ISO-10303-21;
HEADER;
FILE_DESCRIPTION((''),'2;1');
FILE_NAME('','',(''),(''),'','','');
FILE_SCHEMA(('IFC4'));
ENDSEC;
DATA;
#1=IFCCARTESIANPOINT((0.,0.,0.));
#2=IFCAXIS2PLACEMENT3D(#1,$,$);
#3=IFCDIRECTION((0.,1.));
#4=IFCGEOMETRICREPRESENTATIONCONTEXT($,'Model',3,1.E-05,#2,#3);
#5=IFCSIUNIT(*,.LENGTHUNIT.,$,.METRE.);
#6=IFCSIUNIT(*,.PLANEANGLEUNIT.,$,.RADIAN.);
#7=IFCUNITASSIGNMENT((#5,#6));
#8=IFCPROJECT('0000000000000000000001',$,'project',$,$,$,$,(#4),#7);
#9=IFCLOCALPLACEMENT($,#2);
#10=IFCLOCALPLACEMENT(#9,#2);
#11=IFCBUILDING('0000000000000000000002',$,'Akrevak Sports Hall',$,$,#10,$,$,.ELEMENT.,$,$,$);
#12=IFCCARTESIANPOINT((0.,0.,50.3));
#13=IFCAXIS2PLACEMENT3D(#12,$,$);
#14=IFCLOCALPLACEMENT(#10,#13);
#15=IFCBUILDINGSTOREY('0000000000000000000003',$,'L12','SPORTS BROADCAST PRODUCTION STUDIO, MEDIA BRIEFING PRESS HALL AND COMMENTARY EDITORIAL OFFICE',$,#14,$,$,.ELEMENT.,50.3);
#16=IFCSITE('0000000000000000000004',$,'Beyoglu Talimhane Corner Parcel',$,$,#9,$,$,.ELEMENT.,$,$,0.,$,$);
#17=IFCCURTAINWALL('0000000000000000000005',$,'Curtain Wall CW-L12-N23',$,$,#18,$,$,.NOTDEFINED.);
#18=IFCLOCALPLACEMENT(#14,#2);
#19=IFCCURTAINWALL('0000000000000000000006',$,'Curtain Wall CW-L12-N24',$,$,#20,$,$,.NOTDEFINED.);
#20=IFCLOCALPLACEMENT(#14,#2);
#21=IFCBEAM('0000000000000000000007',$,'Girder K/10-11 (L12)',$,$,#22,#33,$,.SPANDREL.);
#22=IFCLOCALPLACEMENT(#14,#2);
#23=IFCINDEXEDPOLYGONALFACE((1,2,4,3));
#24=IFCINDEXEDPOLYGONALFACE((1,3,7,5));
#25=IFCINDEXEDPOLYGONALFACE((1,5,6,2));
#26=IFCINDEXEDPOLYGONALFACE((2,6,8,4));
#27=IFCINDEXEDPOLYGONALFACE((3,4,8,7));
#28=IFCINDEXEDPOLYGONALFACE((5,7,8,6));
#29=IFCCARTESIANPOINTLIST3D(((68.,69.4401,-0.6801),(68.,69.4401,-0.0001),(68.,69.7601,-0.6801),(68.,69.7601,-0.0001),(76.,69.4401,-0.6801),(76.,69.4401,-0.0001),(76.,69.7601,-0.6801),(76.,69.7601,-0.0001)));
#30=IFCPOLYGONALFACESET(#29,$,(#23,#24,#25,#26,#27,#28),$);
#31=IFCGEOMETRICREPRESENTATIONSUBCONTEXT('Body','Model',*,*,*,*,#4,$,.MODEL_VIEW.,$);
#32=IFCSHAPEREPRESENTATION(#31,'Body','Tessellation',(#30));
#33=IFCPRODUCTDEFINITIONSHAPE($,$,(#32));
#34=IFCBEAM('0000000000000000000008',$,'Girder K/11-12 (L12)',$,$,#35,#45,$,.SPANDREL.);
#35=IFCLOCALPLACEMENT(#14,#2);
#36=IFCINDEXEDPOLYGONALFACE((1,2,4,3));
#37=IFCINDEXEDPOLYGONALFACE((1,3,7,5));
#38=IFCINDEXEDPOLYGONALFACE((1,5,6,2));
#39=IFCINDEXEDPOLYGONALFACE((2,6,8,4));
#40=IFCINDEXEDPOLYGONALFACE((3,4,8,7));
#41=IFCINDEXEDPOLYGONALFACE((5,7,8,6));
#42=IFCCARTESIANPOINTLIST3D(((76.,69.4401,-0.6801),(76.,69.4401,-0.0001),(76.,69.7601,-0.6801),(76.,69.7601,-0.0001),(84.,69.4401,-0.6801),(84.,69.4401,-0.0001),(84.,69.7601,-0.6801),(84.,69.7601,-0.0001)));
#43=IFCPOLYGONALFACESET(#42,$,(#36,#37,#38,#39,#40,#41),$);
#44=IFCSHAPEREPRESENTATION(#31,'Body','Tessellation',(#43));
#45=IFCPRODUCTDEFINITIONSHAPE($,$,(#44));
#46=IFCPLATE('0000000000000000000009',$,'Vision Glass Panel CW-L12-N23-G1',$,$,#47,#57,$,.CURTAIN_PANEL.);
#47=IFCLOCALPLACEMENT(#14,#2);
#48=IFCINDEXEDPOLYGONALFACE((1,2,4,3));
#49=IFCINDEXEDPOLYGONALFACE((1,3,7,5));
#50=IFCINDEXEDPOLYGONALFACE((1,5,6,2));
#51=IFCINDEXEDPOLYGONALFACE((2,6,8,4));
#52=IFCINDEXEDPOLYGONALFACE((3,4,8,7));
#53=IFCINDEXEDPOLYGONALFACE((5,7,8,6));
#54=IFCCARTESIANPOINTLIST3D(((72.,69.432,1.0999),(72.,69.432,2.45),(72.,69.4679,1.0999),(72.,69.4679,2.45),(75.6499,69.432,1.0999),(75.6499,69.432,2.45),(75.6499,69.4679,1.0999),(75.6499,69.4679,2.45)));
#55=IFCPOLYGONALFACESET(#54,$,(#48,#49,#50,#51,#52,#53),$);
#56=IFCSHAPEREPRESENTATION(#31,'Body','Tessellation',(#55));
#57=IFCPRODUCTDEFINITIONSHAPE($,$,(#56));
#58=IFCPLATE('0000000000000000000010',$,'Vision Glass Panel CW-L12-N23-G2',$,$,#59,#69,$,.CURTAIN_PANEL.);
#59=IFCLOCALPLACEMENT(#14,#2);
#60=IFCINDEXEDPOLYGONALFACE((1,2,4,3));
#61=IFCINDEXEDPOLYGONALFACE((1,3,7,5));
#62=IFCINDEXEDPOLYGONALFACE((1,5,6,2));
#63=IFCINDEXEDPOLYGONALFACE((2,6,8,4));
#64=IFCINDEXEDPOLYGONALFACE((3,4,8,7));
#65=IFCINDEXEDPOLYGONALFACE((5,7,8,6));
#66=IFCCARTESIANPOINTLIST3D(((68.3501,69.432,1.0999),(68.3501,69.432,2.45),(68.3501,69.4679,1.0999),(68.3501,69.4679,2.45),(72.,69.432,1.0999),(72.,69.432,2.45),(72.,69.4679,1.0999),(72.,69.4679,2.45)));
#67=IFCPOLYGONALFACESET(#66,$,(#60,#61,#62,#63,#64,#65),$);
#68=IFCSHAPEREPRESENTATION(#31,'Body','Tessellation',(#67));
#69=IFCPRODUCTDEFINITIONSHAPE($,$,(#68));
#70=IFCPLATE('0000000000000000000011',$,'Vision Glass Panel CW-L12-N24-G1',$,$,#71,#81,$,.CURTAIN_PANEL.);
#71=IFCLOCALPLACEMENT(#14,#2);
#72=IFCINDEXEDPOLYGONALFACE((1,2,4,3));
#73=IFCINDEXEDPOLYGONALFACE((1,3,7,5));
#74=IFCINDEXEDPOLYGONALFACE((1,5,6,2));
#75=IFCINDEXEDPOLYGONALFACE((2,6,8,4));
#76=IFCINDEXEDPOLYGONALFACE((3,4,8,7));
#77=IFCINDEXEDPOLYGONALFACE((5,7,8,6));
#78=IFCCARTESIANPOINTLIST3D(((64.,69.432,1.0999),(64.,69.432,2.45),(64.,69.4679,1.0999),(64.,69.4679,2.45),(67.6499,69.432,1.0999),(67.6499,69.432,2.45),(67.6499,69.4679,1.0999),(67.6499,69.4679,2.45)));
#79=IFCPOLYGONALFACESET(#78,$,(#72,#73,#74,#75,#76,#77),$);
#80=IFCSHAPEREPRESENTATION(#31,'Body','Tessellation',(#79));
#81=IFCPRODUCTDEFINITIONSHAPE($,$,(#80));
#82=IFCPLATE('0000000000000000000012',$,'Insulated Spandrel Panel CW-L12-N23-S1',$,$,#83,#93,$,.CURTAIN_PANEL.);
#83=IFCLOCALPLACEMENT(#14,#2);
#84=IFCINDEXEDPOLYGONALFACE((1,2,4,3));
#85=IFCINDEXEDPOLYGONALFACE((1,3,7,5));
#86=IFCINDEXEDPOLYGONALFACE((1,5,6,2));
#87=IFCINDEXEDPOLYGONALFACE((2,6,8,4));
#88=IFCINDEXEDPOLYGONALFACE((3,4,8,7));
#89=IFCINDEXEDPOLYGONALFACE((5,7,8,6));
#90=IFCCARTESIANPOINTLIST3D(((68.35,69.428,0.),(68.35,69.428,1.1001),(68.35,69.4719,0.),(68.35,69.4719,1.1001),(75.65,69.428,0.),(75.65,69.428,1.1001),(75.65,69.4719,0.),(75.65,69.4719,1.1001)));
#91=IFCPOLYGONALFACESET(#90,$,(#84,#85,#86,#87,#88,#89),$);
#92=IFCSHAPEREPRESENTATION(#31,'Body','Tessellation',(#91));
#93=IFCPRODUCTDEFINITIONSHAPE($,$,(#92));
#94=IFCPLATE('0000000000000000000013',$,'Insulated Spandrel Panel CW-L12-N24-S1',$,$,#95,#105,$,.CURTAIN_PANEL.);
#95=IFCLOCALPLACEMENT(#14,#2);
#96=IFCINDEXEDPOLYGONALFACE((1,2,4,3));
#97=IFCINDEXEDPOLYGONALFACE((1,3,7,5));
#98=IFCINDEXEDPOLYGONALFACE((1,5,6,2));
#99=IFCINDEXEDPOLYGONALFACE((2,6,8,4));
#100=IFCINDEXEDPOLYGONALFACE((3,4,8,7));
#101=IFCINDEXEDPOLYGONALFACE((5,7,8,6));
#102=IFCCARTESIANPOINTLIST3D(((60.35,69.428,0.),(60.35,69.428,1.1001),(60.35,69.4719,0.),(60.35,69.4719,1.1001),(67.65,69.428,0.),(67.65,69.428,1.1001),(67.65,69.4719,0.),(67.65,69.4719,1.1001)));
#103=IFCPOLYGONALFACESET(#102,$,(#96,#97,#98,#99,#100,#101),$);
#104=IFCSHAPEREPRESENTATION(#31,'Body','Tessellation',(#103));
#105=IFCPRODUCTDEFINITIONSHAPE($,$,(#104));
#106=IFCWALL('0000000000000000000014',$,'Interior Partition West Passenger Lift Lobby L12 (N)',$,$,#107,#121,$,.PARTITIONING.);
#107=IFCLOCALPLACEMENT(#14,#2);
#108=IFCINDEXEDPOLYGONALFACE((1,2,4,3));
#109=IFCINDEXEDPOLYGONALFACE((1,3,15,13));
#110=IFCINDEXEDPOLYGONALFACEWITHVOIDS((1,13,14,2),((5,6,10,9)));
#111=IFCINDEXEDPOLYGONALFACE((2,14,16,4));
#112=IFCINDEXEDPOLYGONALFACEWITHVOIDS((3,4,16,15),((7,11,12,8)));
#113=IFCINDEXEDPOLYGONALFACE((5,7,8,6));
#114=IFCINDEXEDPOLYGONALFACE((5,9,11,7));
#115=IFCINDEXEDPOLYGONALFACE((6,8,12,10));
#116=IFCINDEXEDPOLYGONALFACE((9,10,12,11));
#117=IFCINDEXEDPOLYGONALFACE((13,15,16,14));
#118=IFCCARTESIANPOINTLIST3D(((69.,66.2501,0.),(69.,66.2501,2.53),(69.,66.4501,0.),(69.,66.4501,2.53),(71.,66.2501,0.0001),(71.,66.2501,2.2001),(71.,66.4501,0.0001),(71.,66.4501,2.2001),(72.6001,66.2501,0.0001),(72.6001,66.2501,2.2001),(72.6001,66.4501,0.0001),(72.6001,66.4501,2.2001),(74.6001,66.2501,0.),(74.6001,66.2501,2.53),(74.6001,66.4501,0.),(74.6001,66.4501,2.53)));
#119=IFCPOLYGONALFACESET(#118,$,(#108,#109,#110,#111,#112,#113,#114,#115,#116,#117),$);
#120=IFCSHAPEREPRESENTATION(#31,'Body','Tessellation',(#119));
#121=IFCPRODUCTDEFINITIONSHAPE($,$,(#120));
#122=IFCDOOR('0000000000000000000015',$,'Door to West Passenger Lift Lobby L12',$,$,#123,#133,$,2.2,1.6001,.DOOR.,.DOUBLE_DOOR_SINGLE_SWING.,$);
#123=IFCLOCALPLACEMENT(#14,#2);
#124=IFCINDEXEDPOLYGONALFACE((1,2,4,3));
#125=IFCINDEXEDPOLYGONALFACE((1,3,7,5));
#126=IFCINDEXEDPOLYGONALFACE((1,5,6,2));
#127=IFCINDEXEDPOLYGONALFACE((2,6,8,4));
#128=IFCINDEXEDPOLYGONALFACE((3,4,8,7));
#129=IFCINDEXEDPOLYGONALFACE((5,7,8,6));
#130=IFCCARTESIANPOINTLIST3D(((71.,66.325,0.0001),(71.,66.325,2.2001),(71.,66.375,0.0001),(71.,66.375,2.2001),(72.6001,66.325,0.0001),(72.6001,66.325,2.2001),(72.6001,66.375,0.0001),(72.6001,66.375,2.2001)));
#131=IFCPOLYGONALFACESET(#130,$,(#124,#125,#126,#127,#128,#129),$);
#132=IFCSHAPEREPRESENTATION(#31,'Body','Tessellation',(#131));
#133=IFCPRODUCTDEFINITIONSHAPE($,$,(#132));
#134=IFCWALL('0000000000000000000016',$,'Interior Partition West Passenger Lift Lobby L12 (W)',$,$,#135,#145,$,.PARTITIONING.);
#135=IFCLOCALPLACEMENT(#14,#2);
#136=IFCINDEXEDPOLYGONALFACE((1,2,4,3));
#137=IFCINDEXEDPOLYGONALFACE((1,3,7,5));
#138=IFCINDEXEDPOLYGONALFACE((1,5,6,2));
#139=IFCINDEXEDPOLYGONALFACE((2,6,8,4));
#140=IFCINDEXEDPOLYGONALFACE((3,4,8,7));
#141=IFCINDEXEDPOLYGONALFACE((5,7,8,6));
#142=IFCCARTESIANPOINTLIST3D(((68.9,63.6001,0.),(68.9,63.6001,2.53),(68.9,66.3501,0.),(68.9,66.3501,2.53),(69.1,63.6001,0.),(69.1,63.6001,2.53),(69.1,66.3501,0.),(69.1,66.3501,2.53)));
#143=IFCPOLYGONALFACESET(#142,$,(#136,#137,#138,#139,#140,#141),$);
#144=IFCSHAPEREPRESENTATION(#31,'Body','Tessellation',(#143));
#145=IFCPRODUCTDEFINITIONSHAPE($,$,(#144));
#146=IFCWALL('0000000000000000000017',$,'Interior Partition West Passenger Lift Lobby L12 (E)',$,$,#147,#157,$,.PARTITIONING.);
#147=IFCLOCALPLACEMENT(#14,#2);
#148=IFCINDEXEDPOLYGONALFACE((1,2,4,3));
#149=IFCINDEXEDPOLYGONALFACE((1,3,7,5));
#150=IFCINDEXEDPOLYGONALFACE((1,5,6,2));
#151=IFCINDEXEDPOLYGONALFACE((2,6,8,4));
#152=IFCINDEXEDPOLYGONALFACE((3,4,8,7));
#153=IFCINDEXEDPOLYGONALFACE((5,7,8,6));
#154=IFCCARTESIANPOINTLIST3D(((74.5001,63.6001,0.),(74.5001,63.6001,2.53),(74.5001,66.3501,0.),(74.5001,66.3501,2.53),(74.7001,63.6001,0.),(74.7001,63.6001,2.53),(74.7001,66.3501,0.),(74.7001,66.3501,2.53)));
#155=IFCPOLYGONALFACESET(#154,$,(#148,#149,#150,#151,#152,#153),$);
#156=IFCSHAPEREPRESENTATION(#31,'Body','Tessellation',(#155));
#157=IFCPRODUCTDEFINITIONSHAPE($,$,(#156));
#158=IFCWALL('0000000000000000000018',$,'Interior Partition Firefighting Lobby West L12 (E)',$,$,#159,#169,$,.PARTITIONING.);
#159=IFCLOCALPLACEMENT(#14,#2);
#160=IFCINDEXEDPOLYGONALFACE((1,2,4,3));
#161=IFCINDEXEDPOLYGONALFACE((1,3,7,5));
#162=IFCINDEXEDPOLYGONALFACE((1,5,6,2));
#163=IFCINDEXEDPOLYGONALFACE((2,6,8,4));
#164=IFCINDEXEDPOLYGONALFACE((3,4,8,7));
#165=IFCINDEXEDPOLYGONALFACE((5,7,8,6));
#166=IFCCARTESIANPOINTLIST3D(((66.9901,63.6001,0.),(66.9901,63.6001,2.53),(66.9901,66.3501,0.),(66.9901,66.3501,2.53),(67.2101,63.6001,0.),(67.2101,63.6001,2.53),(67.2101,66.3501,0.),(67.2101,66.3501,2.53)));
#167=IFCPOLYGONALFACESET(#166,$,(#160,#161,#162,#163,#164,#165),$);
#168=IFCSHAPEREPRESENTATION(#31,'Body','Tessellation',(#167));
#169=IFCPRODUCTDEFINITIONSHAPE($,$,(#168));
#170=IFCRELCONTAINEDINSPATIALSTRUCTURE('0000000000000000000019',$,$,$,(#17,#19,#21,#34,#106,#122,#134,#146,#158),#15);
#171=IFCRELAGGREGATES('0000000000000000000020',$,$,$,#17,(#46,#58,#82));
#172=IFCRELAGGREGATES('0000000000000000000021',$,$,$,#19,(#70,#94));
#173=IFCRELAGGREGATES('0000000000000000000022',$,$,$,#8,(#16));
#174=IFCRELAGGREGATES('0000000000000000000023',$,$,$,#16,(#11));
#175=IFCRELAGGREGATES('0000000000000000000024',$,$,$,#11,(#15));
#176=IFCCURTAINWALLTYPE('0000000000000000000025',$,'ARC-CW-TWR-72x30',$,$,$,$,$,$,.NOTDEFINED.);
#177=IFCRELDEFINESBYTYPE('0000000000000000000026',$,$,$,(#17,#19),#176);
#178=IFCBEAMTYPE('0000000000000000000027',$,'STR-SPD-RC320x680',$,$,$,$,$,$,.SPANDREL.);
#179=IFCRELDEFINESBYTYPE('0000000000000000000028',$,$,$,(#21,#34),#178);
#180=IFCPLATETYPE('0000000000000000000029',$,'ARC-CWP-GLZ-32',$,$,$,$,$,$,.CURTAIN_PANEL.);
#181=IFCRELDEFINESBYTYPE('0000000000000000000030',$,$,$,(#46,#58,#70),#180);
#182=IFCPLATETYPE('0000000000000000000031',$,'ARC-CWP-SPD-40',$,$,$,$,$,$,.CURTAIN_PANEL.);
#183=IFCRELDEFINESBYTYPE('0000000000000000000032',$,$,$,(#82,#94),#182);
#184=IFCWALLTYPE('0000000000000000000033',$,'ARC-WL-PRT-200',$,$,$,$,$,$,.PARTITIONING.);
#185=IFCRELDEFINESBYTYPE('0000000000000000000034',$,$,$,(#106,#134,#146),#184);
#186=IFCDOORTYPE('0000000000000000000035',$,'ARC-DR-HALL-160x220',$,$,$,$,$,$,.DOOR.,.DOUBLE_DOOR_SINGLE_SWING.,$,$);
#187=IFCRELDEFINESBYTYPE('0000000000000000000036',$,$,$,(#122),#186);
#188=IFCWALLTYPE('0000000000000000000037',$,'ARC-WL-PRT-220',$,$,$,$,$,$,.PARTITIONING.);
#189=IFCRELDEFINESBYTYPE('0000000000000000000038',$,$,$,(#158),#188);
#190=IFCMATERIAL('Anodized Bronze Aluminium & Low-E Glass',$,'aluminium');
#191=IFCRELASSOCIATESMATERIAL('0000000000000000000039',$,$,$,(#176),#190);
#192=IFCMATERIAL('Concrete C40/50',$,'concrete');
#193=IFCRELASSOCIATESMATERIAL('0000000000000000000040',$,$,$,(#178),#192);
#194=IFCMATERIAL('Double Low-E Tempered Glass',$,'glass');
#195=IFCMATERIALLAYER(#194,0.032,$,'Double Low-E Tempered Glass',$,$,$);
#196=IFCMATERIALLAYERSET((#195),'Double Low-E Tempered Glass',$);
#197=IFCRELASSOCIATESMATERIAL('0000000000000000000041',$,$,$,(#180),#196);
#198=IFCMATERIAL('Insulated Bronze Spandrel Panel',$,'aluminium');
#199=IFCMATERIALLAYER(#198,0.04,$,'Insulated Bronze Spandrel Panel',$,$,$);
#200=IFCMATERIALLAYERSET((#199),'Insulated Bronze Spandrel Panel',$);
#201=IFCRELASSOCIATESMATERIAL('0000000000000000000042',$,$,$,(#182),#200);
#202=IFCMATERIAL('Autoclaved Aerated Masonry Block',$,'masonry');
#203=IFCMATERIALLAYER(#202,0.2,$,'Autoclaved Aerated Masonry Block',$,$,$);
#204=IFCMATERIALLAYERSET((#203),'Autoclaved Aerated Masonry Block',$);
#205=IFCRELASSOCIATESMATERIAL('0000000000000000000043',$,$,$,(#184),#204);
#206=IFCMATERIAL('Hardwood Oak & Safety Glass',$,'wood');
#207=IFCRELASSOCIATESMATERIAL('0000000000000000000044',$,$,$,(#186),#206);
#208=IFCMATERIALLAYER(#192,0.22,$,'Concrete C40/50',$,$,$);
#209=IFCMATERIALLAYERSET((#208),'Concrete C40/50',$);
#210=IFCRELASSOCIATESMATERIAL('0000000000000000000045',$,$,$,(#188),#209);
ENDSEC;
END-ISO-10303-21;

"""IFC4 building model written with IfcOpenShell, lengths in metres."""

from ifc_helpers import new_model, si_unit, direction, frame, frame_2d, origin, origin_2d, place, context, subcontext, project, spatial, rectangle, extrude, material, layer, layer_set, material_profile, profile_set, type_object, element, fill, aggregate, save


model = new_model("IFC4")

# Units and contexts
model_context = context("Model", 3, precision=1e-05, world=origin(), true_north=direction((0.0, 1.0)))
body_context = subcontext(model_context, "Body", "Model", "MODEL_VIEW")
ifc_project = project(units=[si_unit("LENGTHUNIT", "METRE"), si_unit("PLANEANGLEUNIT", "RADIAN")], contexts=[model_context])

# Site, building, storey
site_placement = place(None, origin())
site = spatial("IfcSite", under=ifc_project, at=site_placement, Name="Beyoglu Talimhane Corner Parcel", CompositionType="ELEMENT", RefElevation=0.0)
building_placement = place(site_placement, origin())
building = spatial("IfcBuilding", under=site, at=building_placement, Name="Akrevak Sports Hall", CompositionType="ELEMENT")
storey_placement = place(building_placement, frame((0.0, 0.0, 50.3)))
storey = spatial("IfcBuildingStorey", under=building, at=storey_placement, Name="L12", Description="SPORTS BROADCAST PRODUCTION STUDIO, MEDIA BRIEFING PRESS HALL AND COMMENTARY EDITORIAL OFFICE", CompositionType="ELEMENT", Elevation=50.3)

# Shared definitions
ifc_material_1 = material(Name="Concrete C40/50", Category="concrete")

# Curtain walls
ifc_material_2 = material(Name="Anodized Bronze Aluminium & Low-E Glass", Category="aluminium")
curtain_wall_type = type_object("IfcCurtainWallType", Name="ARC-CW-TWR-72x30", PredefinedType="NOTDEFINED", material=ifc_material_2)
curtain_wall_1_placement = place(storey_placement, origin())
curtain_wall_1 = element("IfcCurtainWall", 1, at=curtain_wall_1_placement, inside=storey, type_object=curtain_wall_type, Name="Curtain Wall CW-L12-N23", PredefinedType="NOTDEFINED")
curtain_wall_2_placement = place(storey_placement, origin())
curtain_wall_2 = element("IfcCurtainWall", 2, at=curtain_wall_2_placement, inside=storey, type_object=curtain_wall_type, Name="Curtain Wall CW-L12-N24", PredefinedType="NOTDEFINED")

# Beams
ifc_material_profile_1 = material_profile(ifc_material_1, rectangle(XDim=0.3201, YDim=0.6799, at=origin_2d()), Name="SPD 320x680", Category="concrete")
ifc_profile_set_1 = profile_set([ifc_material_profile_1], Name="Concrete C40/50")
beam_type = type_object("IfcBeamType", Name="STR-SPD-RC320x680", PredefinedType="SPANDREL", material=ifc_profile_set_1)
for number, where, z_axis, x_axis, name in (
    (3, (68.0, 69.6001, -0.3401), (1.0, 0.0, 0.0), (0.0, 1.0, 0.0), "Girder K/10-11 (L12)"),
    (4, (76.0, 69.6001, -0.3401), (1.0, 0.0, 0.0), (0.0, 1.0, 0.0), "Girder K/11-12 (L12)"),
):
    element("IfcBeam", number, at=place(storey_placement, frame(where, z_axis=z_axis, x_axis=x_axis)), inside=storey, type_object=beam_type, Name=name, PredefinedType="SPANDREL", context=body_context, shape_type="SweptSolid", body=[
        extrude(rectangle(XDim=0.3201, YDim=0.6799, at=origin_2d()), origin(), (0.0, 0.0, 1.0), 8.0),
    ])

# Plates
ifc_material_3 = material(Name="Double Low-E Tempered Glass", Category="glass")
ifc_layer_1 = layer(ifc_material_3, 0.032, Name="Double Low-E Tempered Glass")
ifc_layer_set_1 = layer_set([ifc_layer_1], Name="Double Low-E Tempered Glass")
plate_type_1 = type_object("IfcPlateType", Name="ARC-CWP-GLZ-32", PredefinedType="CURTAIN_PANEL", material=ifc_layer_set_1)
plate_1_placement = place(storey_placement, frame((73.825, 69.45, 1.0999), z_axis=(0.0, 0.0, 1.0), x_axis=(-1.0, 0.0, 0.0)))
plate_1 = element("IfcPlate", 5, at=plate_1_placement, type_object=plate_type_1, Name="Vision Glass Panel CW-L12-N23-G1", PredefinedType="CURTAIN_PANEL", context=body_context, shape_type="SweptSolid", body=[
    extrude(rectangle(XDim=3.6499, YDim=0.0359, at=origin_2d()), origin(), (0.0, 0.0, 1.0), 1.3501),
])
plate_2_placement = place(storey_placement, frame((70.175, 69.45, 1.0999), z_axis=(0.0, 0.0, 1.0), x_axis=(-1.0, 0.0, 0.0)))
plate_2 = element("IfcPlate", 6, at=plate_2_placement, type_object=plate_type_1, Name="Vision Glass Panel CW-L12-N23-G2", PredefinedType="CURTAIN_PANEL", context=body_context, shape_type="SweptSolid", body=[
    extrude(rectangle(XDim=3.6499, YDim=0.0359, at=origin_2d()), origin(), (0.0, 0.0, 1.0), 1.3501),
])
plate_3_placement = place(storey_placement, frame((65.825, 69.45, 1.0999), z_axis=(0.0, 0.0, 1.0), x_axis=(-1.0, 0.0, 0.0)))
plate_3 = element("IfcPlate", 7, at=plate_3_placement, type_object=plate_type_1, Name="Vision Glass Panel CW-L12-N24-G1", PredefinedType="CURTAIN_PANEL", context=body_context, shape_type="SweptSolid", body=[
    extrude(rectangle(XDim=3.6499, YDim=0.0359, at=origin_2d()), origin(), (0.0, 0.0, 1.0), 1.3501),
])
ifc_material_4 = material(Name="Insulated Bronze Spandrel Panel", Category="aluminium")
ifc_layer_2 = layer(ifc_material_4, 0.04, Name="Insulated Bronze Spandrel Panel")
ifc_layer_set_2 = layer_set([ifc_layer_2], Name="Insulated Bronze Spandrel Panel")
plate_type_2 = type_object("IfcPlateType", Name="ARC-CWP-SPD-40", PredefinedType="CURTAIN_PANEL", material=ifc_layer_set_2)
plate_4_placement = place(storey_placement, frame((72.0, 69.45, 0.0), z_axis=(0.0, 0.0, 1.0), x_axis=(-1.0, 0.0, 0.0)))
plate_4 = element("IfcPlate", 8, at=plate_4_placement, type_object=plate_type_2, Name="Insulated Spandrel Panel CW-L12-N23-S1", PredefinedType="CURTAIN_PANEL", context=body_context, shape_type="SweptSolid", body=[
    extrude(rectangle(XDim=7.3, YDim=0.0439, at=origin_2d()), origin(), (0.0, 0.0, 1.0), 1.1001),
])
aggregate(curtain_wall_1, [plate_1, plate_2, plate_4])
plate_5_placement = place(storey_placement, frame((64.0, 69.45, 0.0), z_axis=(0.0, 0.0, 1.0), x_axis=(-1.0, 0.0, 0.0)))
plate_5 = element("IfcPlate", 9, at=plate_5_placement, type_object=plate_type_2, Name="Insulated Spandrel Panel CW-L12-N24-S1", PredefinedType="CURTAIN_PANEL", context=body_context, shape_type="SweptSolid", body=[
    extrude(rectangle(XDim=7.3, YDim=0.0439, at=origin_2d()), origin(), (0.0, 0.0, 1.0), 1.1001),
])
aggregate(curtain_wall_2, [plate_3, plate_5])

# Wall, opening, door
ifc_material_5 = material(Name="Autoclaved Aerated Masonry Block", Category="masonry")
ifc_layer_3 = layer(ifc_material_5, 0.2, Name="Autoclaved Aerated Masonry Block")
ifc_layer_set_3 = layer_set([ifc_layer_3], Name="Autoclaved Aerated Masonry Block")
wall_type_1 = type_object("IfcWallType", Name="ARC-WL-PRT-200", PredefinedType="PARTITIONING", material=ifc_layer_set_3)
wall_1_placement = place(storey_placement, frame((69.0, 66.3501, 0.0), z_axis=(0.0, 0.0, 1.0), x_axis=(1.0, 0.0, 0.0)))
wall_1 = element("IfcWall", 10, at=wall_1_placement, inside=storey, type_object=wall_type_1, Name="Interior Partition West Passenger Lift Lobby L12 (N)", PredefinedType="PARTITIONING", context=body_context, shape_type="SweptSolid", body=[
    extrude(rectangle(XDim=5.6001, YDim=0.2, at=frame_2d((2.8, 0.0))), origin(), (0.0, 0.0, 1.0), 2.53),
])
opening_1_placement = place(wall_1_placement, frame((2.0, 0.0, 0.0)))
opening_1 = element("IfcOpeningElement", 11, at=opening_1_placement, cuts=wall_1, PredefinedType="OPENING", context=body_context, shape_type="SweptSolid", body=[
    extrude(rectangle(XDim=1.6001, YDim=2.2, at=frame_2d((0.8, 1.1001))), frame((0.0, 0.1118, 0.0), z_axis=(0.0, -1.0, 0.0), x_axis=(1.0, 0.0, 0.0)), (0.0, 0.0, 1.0), 0.2239),
])
ifc_material_6 = material(Name="Hardwood Oak & Safety Glass", Category="wood")
door_type_1 = type_object("IfcDoorType", Name="ARC-DR-HALL-160x220", OperationType="DOUBLE_DOOR_SINGLE_SWING", PredefinedType="DOOR", material=ifc_material_6)
door_1_placement = place(opening_1_placement, origin())
door_1 = element("IfcDoor", 12, at=door_1_placement, inside=storey, type_object=door_type_1, Name="Door to West Passenger Lift Lobby L12", OperationType="DOUBLE_DOOR_SINGLE_SWING", OverallHeight=2.2, OverallWidth=1.6001, PredefinedType="DOOR", context=body_context, shape_type="SweptSolid", body=[
    extrude(rectangle(XDim=1.6001, YDim=2.2, at=frame_2d((0.8, 1.1001))), frame((0.0, 0.0249, 0.0), z_axis=(0.0, -1.0, 0.0), x_axis=(1.0, 0.0, 0.0)), (0.0, 0.0, 1.0), 0.05),
])
fill(opening_1, door_1)

# Walls
for number, where, z_axis, x_axis, name in (
    (13, (69.0, 63.6001, 0.0), (0.0, 0.0, 1.0), (0.0, 1.0, 0.0), "Interior Partition West Passenger Lift Lobby L12 (W)"),
    (14, (74.6001, 63.6001, 0.0), (0.0, 0.0, 1.0), (0.0, 1.0, 0.0), "Interior Partition West Passenger Lift Lobby L12 (E)"),
):
    element("IfcWall", number, at=place(storey_placement, frame(where, z_axis=z_axis, x_axis=x_axis)), inside=storey, type_object=wall_type_1, Name=name, PredefinedType="PARTITIONING", context=body_context, shape_type="SweptSolid", body=[
        extrude(rectangle(XDim=2.75, YDim=0.2, at=frame_2d((1.375, 0.0))), origin(), (0.0, 0.0, 1.0), 2.53),
    ])
ifc_layer_4 = layer(ifc_material_1, 0.22, Name="Concrete C40/50")
ifc_layer_set_4 = layer_set([ifc_layer_4], Name="Concrete C40/50")
wall_type_2 = type_object("IfcWallType", Name="ARC-WL-PRT-220", PredefinedType="PARTITIONING", material=ifc_layer_set_4)
wall_2_placement = place(storey_placement, frame((67.1001, 63.6001, 0.0), z_axis=(0.0, 0.0, 1.0), x_axis=(0.0, 1.0, 0.0)))
element("IfcWall", 15, at=wall_2_placement, inside=storey, type_object=wall_type_2, Name="Interior Partition Firefighting Lobby West L12 (E)", PredefinedType="PARTITIONING", context=body_context, shape_type="SweptSolid", body=[
    extrude(rectangle(XDim=2.75, YDim=0.22, at=frame_2d((1.375, 0.0))), origin(), (0.0, 0.0, 1.0), 2.53),
])

save(model, "model.ifc")
